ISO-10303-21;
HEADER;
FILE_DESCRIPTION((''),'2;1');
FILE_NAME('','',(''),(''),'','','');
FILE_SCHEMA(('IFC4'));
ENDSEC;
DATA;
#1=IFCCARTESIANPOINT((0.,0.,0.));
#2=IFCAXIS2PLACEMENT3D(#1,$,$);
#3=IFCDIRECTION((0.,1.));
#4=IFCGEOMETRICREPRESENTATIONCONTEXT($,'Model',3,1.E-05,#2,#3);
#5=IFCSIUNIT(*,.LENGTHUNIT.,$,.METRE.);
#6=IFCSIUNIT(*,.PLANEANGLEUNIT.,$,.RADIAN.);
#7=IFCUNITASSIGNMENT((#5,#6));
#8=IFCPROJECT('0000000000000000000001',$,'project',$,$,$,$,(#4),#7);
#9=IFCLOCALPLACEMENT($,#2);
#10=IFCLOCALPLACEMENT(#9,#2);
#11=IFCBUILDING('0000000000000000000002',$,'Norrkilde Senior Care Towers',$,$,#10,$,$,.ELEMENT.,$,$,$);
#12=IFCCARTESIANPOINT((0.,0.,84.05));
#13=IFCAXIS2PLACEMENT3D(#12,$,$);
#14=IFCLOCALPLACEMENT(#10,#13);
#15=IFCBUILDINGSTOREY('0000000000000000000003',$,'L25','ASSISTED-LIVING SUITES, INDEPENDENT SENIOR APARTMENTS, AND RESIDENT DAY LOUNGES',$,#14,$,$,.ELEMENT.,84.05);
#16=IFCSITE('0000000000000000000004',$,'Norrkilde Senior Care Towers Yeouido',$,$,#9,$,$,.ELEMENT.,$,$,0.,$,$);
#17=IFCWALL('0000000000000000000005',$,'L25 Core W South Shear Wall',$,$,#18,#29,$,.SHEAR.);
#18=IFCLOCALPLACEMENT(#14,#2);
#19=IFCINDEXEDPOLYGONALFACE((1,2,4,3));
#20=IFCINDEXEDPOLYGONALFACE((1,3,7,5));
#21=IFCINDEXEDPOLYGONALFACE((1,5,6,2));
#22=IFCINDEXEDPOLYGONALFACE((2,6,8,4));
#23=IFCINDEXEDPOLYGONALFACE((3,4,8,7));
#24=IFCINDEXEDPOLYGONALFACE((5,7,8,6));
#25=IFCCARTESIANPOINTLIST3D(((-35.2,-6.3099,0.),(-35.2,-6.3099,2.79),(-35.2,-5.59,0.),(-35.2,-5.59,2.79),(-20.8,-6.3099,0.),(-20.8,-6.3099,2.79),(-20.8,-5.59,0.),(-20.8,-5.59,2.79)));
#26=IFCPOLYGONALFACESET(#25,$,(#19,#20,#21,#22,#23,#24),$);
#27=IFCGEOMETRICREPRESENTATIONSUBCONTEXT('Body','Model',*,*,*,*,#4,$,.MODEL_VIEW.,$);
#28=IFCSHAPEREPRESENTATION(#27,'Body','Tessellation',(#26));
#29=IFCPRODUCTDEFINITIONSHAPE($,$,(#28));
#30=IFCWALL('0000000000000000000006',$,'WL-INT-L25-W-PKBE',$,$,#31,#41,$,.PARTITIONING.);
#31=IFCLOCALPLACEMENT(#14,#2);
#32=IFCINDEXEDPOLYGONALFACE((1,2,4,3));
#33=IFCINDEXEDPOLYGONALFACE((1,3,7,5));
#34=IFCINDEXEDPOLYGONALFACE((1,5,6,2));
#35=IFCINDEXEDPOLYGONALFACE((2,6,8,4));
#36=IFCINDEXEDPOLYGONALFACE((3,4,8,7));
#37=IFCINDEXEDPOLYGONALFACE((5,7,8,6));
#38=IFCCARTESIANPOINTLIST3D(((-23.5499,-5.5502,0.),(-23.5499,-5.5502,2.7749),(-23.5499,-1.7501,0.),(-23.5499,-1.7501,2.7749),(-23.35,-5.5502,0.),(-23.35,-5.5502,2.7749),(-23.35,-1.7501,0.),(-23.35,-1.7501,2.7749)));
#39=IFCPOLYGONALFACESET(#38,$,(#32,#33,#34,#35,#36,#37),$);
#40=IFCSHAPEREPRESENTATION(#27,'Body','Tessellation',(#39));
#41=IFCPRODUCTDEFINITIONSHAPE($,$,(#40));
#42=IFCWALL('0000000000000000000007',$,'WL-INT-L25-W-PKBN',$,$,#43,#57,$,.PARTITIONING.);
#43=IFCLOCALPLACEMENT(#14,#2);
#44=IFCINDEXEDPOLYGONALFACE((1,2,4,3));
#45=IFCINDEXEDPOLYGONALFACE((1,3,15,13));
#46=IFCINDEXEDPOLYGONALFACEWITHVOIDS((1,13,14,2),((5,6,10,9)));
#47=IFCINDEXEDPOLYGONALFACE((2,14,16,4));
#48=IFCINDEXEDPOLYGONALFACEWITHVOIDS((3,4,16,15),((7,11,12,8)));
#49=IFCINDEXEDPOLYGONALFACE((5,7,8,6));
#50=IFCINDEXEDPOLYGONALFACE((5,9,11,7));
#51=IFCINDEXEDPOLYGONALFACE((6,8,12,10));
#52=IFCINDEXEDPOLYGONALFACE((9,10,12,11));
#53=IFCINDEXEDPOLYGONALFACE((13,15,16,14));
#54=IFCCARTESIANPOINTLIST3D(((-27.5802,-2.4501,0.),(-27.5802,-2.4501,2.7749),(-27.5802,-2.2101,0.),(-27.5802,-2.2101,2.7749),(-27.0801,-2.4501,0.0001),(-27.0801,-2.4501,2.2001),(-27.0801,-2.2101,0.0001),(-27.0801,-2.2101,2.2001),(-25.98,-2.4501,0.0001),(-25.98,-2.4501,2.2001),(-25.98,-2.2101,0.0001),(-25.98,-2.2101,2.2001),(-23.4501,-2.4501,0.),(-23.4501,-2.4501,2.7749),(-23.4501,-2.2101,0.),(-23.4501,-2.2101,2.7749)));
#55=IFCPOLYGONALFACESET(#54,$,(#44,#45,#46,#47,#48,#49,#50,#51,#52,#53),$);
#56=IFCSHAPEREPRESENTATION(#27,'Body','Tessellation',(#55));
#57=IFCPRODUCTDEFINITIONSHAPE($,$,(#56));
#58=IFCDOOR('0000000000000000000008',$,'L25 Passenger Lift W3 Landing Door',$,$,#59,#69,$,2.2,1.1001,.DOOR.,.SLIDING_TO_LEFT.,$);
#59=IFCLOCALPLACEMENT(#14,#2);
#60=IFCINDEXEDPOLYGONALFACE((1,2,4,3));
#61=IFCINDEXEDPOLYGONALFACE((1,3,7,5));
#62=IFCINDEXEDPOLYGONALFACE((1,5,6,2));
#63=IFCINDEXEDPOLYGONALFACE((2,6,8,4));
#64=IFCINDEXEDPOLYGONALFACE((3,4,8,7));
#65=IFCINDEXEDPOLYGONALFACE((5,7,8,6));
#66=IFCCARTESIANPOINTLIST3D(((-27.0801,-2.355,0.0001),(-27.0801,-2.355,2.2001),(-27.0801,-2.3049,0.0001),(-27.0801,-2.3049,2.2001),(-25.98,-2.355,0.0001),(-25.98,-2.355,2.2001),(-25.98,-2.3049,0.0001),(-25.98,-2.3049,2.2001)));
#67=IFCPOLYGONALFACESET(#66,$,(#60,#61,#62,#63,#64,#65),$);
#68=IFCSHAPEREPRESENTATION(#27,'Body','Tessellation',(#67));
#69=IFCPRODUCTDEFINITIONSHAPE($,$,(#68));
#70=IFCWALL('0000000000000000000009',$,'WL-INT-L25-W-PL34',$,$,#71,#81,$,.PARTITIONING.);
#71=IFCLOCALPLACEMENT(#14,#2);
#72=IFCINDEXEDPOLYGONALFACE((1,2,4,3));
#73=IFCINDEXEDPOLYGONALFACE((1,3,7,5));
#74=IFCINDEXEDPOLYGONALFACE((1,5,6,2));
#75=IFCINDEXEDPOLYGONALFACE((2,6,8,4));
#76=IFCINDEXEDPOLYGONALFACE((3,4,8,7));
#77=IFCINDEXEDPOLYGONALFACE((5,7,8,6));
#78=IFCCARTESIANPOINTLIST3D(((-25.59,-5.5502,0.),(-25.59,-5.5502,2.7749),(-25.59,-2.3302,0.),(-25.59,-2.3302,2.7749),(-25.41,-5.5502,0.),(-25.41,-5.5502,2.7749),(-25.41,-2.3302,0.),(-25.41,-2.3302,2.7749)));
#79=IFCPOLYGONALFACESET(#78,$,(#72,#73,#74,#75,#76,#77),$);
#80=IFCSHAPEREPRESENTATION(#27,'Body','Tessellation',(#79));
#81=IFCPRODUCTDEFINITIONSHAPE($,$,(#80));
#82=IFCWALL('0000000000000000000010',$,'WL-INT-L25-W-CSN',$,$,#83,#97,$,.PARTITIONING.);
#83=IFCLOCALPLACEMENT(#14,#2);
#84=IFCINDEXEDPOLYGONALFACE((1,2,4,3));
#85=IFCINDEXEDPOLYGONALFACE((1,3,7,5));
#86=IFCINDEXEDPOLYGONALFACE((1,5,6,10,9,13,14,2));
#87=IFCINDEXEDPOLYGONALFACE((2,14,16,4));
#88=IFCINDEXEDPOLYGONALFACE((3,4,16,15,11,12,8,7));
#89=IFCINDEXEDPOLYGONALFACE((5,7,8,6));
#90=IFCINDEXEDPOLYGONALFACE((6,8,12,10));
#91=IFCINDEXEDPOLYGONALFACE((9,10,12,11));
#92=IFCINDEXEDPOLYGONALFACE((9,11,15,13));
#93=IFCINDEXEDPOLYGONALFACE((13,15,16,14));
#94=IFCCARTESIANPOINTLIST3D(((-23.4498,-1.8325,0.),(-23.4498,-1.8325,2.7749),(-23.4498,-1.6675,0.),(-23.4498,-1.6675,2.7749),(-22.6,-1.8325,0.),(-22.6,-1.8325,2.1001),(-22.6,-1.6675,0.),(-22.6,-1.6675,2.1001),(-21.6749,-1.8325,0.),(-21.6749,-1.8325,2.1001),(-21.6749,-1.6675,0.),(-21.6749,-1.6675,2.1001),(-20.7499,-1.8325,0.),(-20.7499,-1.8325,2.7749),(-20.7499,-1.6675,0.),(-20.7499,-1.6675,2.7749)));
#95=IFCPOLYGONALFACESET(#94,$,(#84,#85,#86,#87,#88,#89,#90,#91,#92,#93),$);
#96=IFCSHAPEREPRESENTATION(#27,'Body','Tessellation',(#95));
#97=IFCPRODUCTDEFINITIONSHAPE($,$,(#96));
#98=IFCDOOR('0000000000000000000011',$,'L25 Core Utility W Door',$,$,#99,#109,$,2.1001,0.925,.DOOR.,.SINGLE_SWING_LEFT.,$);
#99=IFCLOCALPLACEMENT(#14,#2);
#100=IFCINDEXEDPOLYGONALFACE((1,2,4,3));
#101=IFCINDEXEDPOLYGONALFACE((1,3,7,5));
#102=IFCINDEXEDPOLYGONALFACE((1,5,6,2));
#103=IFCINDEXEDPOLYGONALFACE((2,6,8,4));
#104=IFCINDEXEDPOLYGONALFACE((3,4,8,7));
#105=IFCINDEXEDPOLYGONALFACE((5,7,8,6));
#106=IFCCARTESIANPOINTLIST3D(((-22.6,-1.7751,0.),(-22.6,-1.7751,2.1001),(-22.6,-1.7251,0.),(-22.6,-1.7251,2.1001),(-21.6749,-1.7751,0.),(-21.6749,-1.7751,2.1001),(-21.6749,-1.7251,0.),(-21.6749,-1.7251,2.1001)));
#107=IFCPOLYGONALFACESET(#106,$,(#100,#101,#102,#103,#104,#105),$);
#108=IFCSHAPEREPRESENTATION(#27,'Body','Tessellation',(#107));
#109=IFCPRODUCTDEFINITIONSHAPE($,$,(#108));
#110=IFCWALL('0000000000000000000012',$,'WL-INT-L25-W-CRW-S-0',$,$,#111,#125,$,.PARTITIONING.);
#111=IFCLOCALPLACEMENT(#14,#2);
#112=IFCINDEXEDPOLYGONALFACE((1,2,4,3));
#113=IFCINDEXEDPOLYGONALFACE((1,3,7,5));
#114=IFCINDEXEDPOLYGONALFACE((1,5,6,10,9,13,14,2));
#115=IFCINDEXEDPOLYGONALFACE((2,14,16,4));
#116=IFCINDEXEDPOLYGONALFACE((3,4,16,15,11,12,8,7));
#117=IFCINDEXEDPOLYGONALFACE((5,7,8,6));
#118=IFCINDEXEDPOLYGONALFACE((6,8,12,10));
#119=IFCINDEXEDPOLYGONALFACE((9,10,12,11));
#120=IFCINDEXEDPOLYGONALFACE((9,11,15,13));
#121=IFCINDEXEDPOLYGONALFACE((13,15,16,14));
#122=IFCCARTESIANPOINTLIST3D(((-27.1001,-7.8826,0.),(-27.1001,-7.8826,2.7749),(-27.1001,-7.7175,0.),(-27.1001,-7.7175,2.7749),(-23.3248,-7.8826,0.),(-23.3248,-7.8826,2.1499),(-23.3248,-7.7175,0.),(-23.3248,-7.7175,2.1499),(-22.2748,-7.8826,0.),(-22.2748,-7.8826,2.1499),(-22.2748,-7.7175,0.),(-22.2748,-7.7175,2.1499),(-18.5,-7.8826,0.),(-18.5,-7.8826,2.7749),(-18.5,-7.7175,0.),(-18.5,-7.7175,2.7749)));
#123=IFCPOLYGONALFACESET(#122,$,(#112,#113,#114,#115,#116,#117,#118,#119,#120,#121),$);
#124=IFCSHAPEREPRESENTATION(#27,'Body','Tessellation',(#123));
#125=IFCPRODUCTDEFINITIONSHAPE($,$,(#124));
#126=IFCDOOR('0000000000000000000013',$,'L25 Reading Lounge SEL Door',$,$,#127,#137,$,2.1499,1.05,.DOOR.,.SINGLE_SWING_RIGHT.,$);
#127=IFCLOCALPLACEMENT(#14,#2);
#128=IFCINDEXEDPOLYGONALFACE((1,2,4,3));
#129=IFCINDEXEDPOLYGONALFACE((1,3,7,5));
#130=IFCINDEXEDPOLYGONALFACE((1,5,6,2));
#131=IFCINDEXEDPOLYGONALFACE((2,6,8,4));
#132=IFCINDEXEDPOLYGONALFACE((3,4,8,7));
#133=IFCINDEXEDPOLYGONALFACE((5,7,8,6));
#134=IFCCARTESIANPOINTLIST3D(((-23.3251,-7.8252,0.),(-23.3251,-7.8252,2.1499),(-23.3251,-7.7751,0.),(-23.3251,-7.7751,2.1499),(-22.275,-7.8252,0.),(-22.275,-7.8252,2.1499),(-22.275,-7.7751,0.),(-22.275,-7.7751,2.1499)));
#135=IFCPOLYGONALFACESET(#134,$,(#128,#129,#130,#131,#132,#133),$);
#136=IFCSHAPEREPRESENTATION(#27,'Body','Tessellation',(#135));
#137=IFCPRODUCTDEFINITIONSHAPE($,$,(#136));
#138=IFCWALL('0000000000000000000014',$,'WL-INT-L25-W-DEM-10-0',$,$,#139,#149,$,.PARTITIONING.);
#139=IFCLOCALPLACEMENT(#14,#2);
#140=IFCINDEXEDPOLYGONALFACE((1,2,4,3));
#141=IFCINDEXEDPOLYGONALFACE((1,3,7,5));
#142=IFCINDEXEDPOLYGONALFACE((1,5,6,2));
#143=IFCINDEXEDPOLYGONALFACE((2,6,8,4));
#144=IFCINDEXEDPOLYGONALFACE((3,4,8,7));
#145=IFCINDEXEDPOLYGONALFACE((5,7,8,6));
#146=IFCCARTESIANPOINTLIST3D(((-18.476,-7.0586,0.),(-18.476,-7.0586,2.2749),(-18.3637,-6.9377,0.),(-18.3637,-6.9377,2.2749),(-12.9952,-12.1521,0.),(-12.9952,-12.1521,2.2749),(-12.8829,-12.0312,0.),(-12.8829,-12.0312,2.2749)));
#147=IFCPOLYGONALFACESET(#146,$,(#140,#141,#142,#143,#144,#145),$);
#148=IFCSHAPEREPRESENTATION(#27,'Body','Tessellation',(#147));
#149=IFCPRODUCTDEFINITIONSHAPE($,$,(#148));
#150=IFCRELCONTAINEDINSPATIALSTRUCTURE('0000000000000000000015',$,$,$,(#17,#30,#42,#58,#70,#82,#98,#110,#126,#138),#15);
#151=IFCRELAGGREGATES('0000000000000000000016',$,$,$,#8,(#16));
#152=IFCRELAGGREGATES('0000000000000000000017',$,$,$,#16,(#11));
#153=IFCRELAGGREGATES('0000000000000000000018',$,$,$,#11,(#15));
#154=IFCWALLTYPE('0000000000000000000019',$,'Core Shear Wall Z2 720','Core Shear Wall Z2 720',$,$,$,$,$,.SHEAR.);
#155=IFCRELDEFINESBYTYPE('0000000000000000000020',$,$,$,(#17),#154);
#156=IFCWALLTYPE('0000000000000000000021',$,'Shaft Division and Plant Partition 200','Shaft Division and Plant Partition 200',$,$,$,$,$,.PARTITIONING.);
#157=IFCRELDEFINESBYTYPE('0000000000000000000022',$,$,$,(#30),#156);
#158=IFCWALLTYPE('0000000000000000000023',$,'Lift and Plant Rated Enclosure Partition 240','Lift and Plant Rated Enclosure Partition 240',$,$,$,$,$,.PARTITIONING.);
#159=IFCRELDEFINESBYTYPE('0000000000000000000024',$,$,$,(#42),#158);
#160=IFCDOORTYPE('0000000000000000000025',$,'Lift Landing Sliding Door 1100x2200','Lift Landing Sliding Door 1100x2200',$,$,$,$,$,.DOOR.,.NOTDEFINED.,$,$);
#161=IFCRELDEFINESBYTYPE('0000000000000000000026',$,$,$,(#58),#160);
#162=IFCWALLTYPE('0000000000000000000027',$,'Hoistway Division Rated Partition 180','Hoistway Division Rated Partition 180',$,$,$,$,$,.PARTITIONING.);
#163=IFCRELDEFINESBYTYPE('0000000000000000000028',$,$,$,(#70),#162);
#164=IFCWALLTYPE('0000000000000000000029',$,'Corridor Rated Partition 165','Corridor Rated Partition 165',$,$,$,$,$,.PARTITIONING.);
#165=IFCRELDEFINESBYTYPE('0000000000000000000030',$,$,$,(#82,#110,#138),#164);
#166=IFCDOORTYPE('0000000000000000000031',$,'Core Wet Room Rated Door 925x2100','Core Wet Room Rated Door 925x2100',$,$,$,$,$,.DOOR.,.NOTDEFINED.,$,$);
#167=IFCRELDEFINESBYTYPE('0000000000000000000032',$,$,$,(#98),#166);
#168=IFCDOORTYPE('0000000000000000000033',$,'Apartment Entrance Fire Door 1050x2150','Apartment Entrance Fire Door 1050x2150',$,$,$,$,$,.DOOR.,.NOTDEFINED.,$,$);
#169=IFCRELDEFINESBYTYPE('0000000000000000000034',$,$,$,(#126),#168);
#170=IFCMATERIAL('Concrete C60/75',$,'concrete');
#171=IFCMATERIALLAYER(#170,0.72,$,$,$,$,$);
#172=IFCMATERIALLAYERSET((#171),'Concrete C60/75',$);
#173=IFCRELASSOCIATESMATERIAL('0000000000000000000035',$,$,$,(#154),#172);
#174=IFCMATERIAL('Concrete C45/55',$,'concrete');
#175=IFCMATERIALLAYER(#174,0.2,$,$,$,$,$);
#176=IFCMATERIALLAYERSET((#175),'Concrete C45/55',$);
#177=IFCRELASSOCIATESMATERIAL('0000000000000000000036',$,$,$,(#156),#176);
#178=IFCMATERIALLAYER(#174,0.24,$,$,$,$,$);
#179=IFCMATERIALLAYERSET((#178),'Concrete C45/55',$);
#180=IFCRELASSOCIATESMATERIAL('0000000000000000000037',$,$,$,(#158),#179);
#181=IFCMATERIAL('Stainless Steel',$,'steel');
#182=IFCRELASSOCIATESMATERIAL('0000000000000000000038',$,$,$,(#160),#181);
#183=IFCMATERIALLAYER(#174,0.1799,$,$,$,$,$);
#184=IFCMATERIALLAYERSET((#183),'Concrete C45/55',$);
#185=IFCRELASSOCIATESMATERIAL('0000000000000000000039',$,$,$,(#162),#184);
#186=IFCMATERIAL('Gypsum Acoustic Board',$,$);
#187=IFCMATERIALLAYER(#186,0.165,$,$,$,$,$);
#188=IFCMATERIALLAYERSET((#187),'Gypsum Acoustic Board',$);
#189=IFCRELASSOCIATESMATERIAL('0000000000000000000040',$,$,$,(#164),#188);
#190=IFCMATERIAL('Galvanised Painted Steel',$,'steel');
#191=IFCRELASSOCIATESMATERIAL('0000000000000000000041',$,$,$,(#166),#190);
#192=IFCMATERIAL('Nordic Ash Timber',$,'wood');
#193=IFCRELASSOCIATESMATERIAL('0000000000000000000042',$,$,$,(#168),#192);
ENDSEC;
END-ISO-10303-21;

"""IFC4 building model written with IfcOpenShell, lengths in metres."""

from ifc_helpers import new_model, si_unit, direction, frame, frame_2d, origin, place, context, subcontext, project, spatial, rectangle, extrude, source, transform, mapped, material, layer, layer_set, type_object, type_shapes, element, fill, save


model = new_model("IFC4")

# Units and contexts
model_context = context("Model", 3, precision=1e-05, world=origin(), true_north=direction((0.0, 1.0)))
body_context = subcontext(model_context, "Body", "Model", "MODEL_VIEW")
ifc_project = project(units=[si_unit("LENGTHUNIT", "METRE"), si_unit("PLANEANGLEUNIT", "RADIAN")], contexts=[model_context])

# Site, building, storey
site_placement = place(None, origin())
site = spatial("IfcSite", under=ifc_project, at=site_placement, Name="Norrkilde Senior Care Towers Yeouido", CompositionType="ELEMENT", RefElevation=0.0)
building_placement = place(site_placement, origin())
building = spatial("IfcBuilding", under=site, at=building_placement, Name="Norrkilde Senior Care Towers", CompositionType="ELEMENT")
storey_placement = place(building_placement, frame((0.0, 0.0, 84.05)))
storey = spatial("IfcBuildingStorey", under=building, at=storey_placement, Name="L25", Description="ASSISTED-LIVING SUITES, INDEPENDENT SENIOR APARTMENTS, AND RESIDENT DAY LOUNGES", CompositionType="ELEMENT", Elevation=84.05)

# Shared definitions
ifc_material_1 = material(Name="Concrete C60/75", Category="concrete")

# Walls
ifc_layer_1 = layer(ifc_material_1, 0.72)
ifc_layer_set_1 = layer_set([ifc_layer_1], Name="Concrete C60/75")
wall_type_1 = type_object("IfcWallType", Name="Core Shear Wall Z2 720", Description="Core Shear Wall Z2 720", PredefinedType="SHEAR", material=ifc_layer_set_1)
shared_shape_1 = source(origin(), body_context, "Body", "SweptSolid", [
    extrude(rectangle(XDim=14.3999, YDim=0.72, at=frame_2d((7.2, 0.0))), origin(), (0.0, 0.0, 1.0), 2.79),
])
type_shapes(wall_type_1, [shared_shape_1])
wall_1_placement = place(storey_placement, frame((-20.8, -5.95, 0.0), z_axis=(0.0, 0.0, 1.0), x_axis=(-1.0, 0.0, 0.0)))
element("IfcWall", 1, at=wall_1_placement, inside=storey, type_object=wall_type_1, Name="L25 Core W South Shear Wall", PredefinedType="SHEAR", context=body_context, shape_type="MappedRepresentation", body=[
    mapped(shared_shape_1, transform((0.0, 0.0, 0.0), x_axis=(1.0, 0.0, 0.0), y_axis=(0.0, 1.0, 0.0), z_axis=(0.0, 0.0, 1.0), scale=1.0)),
])
ifc_material_2 = material(Name="Concrete C45/55", Category="concrete")
ifc_layer_2 = layer(ifc_material_2, 0.2)
ifc_layer_set_2 = layer_set([ifc_layer_2], Name="Concrete C45/55")
wall_type_2 = type_object("IfcWallType", Name="Shaft Division and Plant Partition 200", Description="Shaft Division and Plant Partition 200", PredefinedType="PARTITIONING", material=ifc_layer_set_2)
shared_shape_2 = source(origin(), body_context, "Body", "SweptSolid", [
    extrude(rectangle(XDim=3.8, YDim=0.2, at=frame_2d((1.8999, 0.0))), origin(), (0.0, 0.0, 1.0), 2.7749),
])
type_shapes(wall_type_2, [shared_shape_2])
wall_2_placement = place(storey_placement, frame((-23.45, -5.55, 0.0), z_axis=(0.0, 0.0, 1.0), x_axis=(0.0, 1.0, 0.0)))
element("IfcWall", 2, at=wall_2_placement, inside=storey, type_object=wall_type_2, Name="WL-INT-L25-W-PKBE", PredefinedType="PARTITIONING", context=body_context, shape_type="MappedRepresentation", body=[
    mapped(shared_shape_2, transform((0.0, 0.0, 0.0), x_axis=(1.0, 0.0, 0.0), y_axis=(0.0, 1.0, 0.0), z_axis=(0.0, 0.0, 1.0), scale=1.0)),
])

# Wall, opening, door
ifc_layer_3 = layer(ifc_material_2, 0.24)
ifc_layer_set_3 = layer_set([ifc_layer_3], Name="Concrete C45/55")
wall_type_3 = type_object("IfcWallType", Name="Lift and Plant Rated Enclosure Partition 240", Description="Lift and Plant Rated Enclosure Partition 240", PredefinedType="PARTITIONING", material=ifc_layer_set_3)
shared_shape_3 = source(origin(), body_context, "Body", "SweptSolid", [
    extrude(rectangle(XDim=4.1301, YDim=0.24, at=frame_2d((2.0649, 0.0))), origin(), (0.0, 0.0, 1.0), 2.7749),
])
type_shapes(wall_type_3, [shared_shape_3])
wall_3_placement = place(storey_placement, frame((-27.5801, -2.3301, 0.0), z_axis=(0.0, 0.0, 1.0), x_axis=(1.0, 0.0, 0.0)))
wall_3 = element("IfcWall", 3, at=wall_3_placement, inside=storey, type_object=wall_type_3, Name="WL-INT-L25-W-PKBN", PredefinedType="PARTITIONING", context=body_context, shape_type="MappedRepresentation", body=[
    mapped(shared_shape_3, transform((0.0, 0.0, 0.0), x_axis=(1.0, 0.0, 0.0), y_axis=(0.0, 1.0, 0.0), z_axis=(0.0, 0.0, 1.0), scale=1.0)),
])
opening_1_placement = place(wall_3_placement, frame((0.5, 0.0, 0.0)))
opening_1 = element("IfcOpeningElement", 4, at=opening_1_placement, cuts=wall_3, PredefinedType="OPENING", context=body_context, shape_type="SweptSolid", body=[
    extrude(rectangle(XDim=1.1001, YDim=2.2, at=frame_2d((0.55, 1.1001))), frame((0.0, 0.1299, 0.0), z_axis=(0.0, -1.0, 0.0), x_axis=(1.0, 0.0, 0.0)), (0.0, 0.0, 1.0), 0.26),
])
ifc_material_3 = material(Name="Stainless Steel", Category="steel")
door_type_1 = type_object("IfcDoorType", Name="Lift Landing Sliding Door 1100x2200", Description="Lift Landing Sliding Door 1100x2200", OperationType="NOTDEFINED", PredefinedType="DOOR", material=ifc_material_3)
shared_shape_4 = source(origin(), body_context, "Body", "SweptSolid", [
    extrude(rectangle(XDim=1.1001, YDim=2.2, at=frame_2d((0.55, 1.1001))), frame((0.0, 0.0249, 0.0), z_axis=(0.0, -1.0, 0.0), x_axis=(1.0, 0.0, 0.0)), (0.0, 0.0, 1.0), 0.05),
])
type_shapes(door_type_1, [shared_shape_4])
door_1_placement = place(opening_1_placement, frame((1.1001, 0.0, 0.0), z_axis=(0.0, 0.0, 1.0), x_axis=(-1.0, 0.0, 0.0)))
door_1 = element("IfcDoor", 5, at=door_1_placement, inside=storey, type_object=door_type_1, Name="L25 Passenger Lift W3 Landing Door", OperationType="SLIDING_TO_LEFT", OverallHeight=2.2, OverallWidth=1.1001, PredefinedType="DOOR", context=body_context, shape_type="MappedRepresentation", body=[
    mapped(shared_shape_4, transform((0.0, 0.0, 0.0), x_axis=(1.0, 0.0, 0.0), y_axis=(0.0, 1.0, 0.0), z_axis=(0.0, 0.0, 1.0), scale=1.0)),
])
fill(opening_1, door_1)

# Wall
ifc_layer_4 = layer(ifc_material_2, 0.1799)
ifc_layer_set_4 = layer_set([ifc_layer_4], Name="Concrete C45/55")
wall_type_4 = type_object("IfcWallType", Name="Hoistway Division Rated Partition 180", Description="Hoistway Division Rated Partition 180", PredefinedType="PARTITIONING", material=ifc_layer_set_4)
shared_shape_5 = source(origin(), body_context, "Body", "SweptSolid", [
    extrude(rectangle(XDim=3.22, YDim=0.1799, at=frame_2d((1.6099, 0.0))), origin(), (0.0, 0.0, 1.0), 2.7749),
])
type_shapes(wall_type_4, [shared_shape_5])
wall_4_placement = place(storey_placement, frame((-25.5, -5.55, 0.0), z_axis=(0.0, 0.0, 1.0), x_axis=(0.0, 1.0, 0.0)))
element("IfcWall", 6, at=wall_4_placement, inside=storey, type_object=wall_type_4, Name="WL-INT-L25-W-PL34", PredefinedType="PARTITIONING", context=body_context, shape_type="MappedRepresentation", body=[
    mapped(shared_shape_5, transform((0.0, 0.0, 0.0), x_axis=(1.0, 0.0, 0.0), y_axis=(0.0, 1.0, 0.0), z_axis=(0.0, 0.0, 1.0), scale=1.0)),
])

# Walls, openings, doors
ifc_material_4 = material(Name="Gypsum Acoustic Board")
ifc_layer_5 = layer(ifc_material_4, 0.165)
ifc_layer_set_5 = layer_set([ifc_layer_5], Name="Gypsum Acoustic Board")
wall_type_5 = type_object("IfcWallType", Name="Corridor Rated Partition 165", Description="Corridor Rated Partition 165", PredefinedType="PARTITIONING", material=ifc_layer_set_5)
shared_shape_6 = source(origin(), body_context, "Body", "SweptSolid", [
    extrude(rectangle(XDim=2.7, YDim=0.165, at=frame_2d((1.3501, 0.0))), origin(), (0.0, 0.0, 1.0), 2.7749),
])
wall_5_placement = place(storey_placement, frame((-23.45, -1.75, 0.0), z_axis=(0.0, 0.0, 1.0), x_axis=(1.0, 0.0, 0.0)))
wall_5 = element("IfcWall", 7, at=wall_5_placement, inside=storey, type_object=wall_type_5, Name="WL-INT-L25-W-CSN", PredefinedType="PARTITIONING", context=body_context, shape_type="MappedRepresentation", body=[
    mapped(shared_shape_6, transform((0.0, 0.0, 0.0), x_axis=(1.0, 0.0, 0.0), y_axis=(0.0, 1.0, 0.0), z_axis=(0.0, 0.0, 1.0), scale=1.0)),
])
opening_2_placement = place(wall_5_placement, frame((0.8501, 0.0, 0.0)))
opening_2 = element("IfcOpeningElement", 8, at=opening_2_placement, cuts=wall_5, PredefinedType="OPENING", context=body_context, shape_type="SweptSolid", body=[
    extrude(rectangle(XDim=0.925, YDim=2.1001, at=frame_2d((0.4624, 1.05))), frame((0.0, 0.0925, 0.0), z_axis=(0.0, -1.0, 0.0), x_axis=(1.0, 0.0, 0.0)), (0.0, 0.0, 1.0), 0.1851),
])
ifc_material_5 = material(Name="Galvanised Painted Steel", Category="steel")
door_type_2 = type_object("IfcDoorType", Name="Core Wet Room Rated Door 925x2100", Description="Core Wet Room Rated Door 925x2100", OperationType="NOTDEFINED", PredefinedType="DOOR", material=ifc_material_5)
shared_shape_7 = source(origin(), body_context, "Body", "SweptSolid", [
    extrude(rectangle(XDim=0.925, YDim=2.1001, at=frame_2d((0.4624, 1.05))), frame((0.0, 0.0249, 0.0), z_axis=(0.0, -1.0, 0.0), x_axis=(1.0, 0.0, 0.0)), (0.0, 0.0, 1.0), 0.05),
])
type_shapes(door_type_2, [shared_shape_7])
door_2_placement = place(opening_2_placement, origin())
door_2 = element("IfcDoor", 9, at=door_2_placement, inside=storey, type_object=door_type_2, Name="L25 Core Utility W Door", OperationType="SINGLE_SWING_LEFT", OverallHeight=2.1001, OverallWidth=0.925, PredefinedType="DOOR", context=body_context, shape_type="MappedRepresentation", body=[
    mapped(shared_shape_7, transform((0.0, 0.0, 0.0), x_axis=(1.0, 0.0, 0.0), y_axis=(0.0, 1.0, 0.0), z_axis=(0.0, 0.0, 1.0), scale=1.0)),
])
fill(opening_2, door_2)
shared_shape_8 = source(origin(), body_context, "Body", "SweptSolid", [
    extrude(rectangle(XDim=8.6001, YDim=0.165, at=frame_2d((4.3, 0.0))), origin(), (0.0, 0.0, 1.0), 2.7749),
])
wall_6_placement = place(storey_placement, frame((-18.5, -7.8, 0.0), z_axis=(0.0, 0.0, 1.0), x_axis=(-1.0, 0.0, 0.0)))
wall_6 = element("IfcWall", 10, at=wall_6_placement, inside=storey, type_object=wall_type_5, Name="WL-INT-L25-W-CRW-S-0", PredefinedType="PARTITIONING", context=body_context, shape_type="MappedRepresentation", body=[
    mapped(shared_shape_8, transform((0.0, 0.0, 0.0), x_axis=(1.0, 0.0, 0.0), y_axis=(0.0, 1.0, 0.0), z_axis=(0.0, 0.0, 1.0), scale=1.0)),
])
opening_3_placement = place(wall_6_placement, frame((3.7749, 0.0, 0.0)))
opening_3 = element("IfcOpeningElement", 11, at=opening_3_placement, cuts=wall_6, PredefinedType="OPENING", context=body_context, shape_type="SweptSolid", body=[
    extrude(rectangle(XDim=1.05, YDim=2.1499, at=frame_2d((0.5249, 1.075))), frame((0.0, 0.0925, 0.0), z_axis=(0.0, -1.0, 0.0), x_axis=(1.0, 0.0, 0.0)), (0.0, 0.0, 1.0), 0.1851),
])
ifc_material_6 = material(Name="Nordic Ash Timber", Category="wood")
door_type_3 = type_object("IfcDoorType", Name="Apartment Entrance Fire Door 1050x2150", Description="Apartment Entrance Fire Door 1050x2150", OperationType="NOTDEFINED", PredefinedType="DOOR", material=ifc_material_6)
shared_shape_9 = source(origin(), body_context, "Body", "SweptSolid", [
    extrude(rectangle(XDim=1.05, YDim=2.1499, at=frame_2d((0.5249, 1.075))), frame((0.0, 0.0249, 0.0), z_axis=(0.0, -1.0, 0.0), x_axis=(1.0, 0.0, 0.0)), (0.0, 0.0, 1.0), 0.05),
])
type_shapes(door_type_3, [shared_shape_9])
door_3_placement = place(opening_3_placement, frame((1.05, 0.0, 0.0), z_axis=(0.0, 0.0, 1.0), x_axis=(-1.0, 0.0, 0.0)))
door_3 = element("IfcDoor", 12, at=door_3_placement, inside=storey, type_object=door_type_3, Name="L25 Reading Lounge SEL Door", OperationType="SINGLE_SWING_RIGHT", OverallHeight=2.1499, OverallWidth=1.05, PredefinedType="DOOR", context=body_context, shape_type="MappedRepresentation", body=[
    mapped(shared_shape_9, transform((0.0, 0.0, 0.0), x_axis=(1.0, 0.0, 0.0), y_axis=(0.0, 1.0, 0.0), z_axis=(0.0, 0.0, 1.0), scale=1.0)),
])
fill(opening_3, door_3)

# Wall
shared_shape_10 = source(origin(), body_context, "Body", "SweptSolid", [
    extrude(rectangle(XDim=7.4822, YDim=0.165, at=frame_2d((3.7412, 0.0))), origin(), (0.0, 0.0, 1.0), 2.2749),
])
wall_7_placement = place(storey_placement, frame((-18.4199, -6.998, 0.0), z_axis=(0.0, 0.0, 1.0), x_axis=(0.732509, -0.680758, 0.0)))
element("IfcWall", 13, at=wall_7_placement, inside=storey, type_object=wall_type_5, Name="WL-INT-L25-W-DEM-10-0", PredefinedType="PARTITIONING", context=body_context, shape_type="MappedRepresentation", body=[
    mapped(shared_shape_10, transform((0.0, 0.0, 0.0), x_axis=(1.0, 0.0, 0.0), y_axis=(0.0, 1.0, 0.0), z_axis=(0.0, 0.0, 1.0), scale=1.0)),
])

save(model, "model.ifc")
